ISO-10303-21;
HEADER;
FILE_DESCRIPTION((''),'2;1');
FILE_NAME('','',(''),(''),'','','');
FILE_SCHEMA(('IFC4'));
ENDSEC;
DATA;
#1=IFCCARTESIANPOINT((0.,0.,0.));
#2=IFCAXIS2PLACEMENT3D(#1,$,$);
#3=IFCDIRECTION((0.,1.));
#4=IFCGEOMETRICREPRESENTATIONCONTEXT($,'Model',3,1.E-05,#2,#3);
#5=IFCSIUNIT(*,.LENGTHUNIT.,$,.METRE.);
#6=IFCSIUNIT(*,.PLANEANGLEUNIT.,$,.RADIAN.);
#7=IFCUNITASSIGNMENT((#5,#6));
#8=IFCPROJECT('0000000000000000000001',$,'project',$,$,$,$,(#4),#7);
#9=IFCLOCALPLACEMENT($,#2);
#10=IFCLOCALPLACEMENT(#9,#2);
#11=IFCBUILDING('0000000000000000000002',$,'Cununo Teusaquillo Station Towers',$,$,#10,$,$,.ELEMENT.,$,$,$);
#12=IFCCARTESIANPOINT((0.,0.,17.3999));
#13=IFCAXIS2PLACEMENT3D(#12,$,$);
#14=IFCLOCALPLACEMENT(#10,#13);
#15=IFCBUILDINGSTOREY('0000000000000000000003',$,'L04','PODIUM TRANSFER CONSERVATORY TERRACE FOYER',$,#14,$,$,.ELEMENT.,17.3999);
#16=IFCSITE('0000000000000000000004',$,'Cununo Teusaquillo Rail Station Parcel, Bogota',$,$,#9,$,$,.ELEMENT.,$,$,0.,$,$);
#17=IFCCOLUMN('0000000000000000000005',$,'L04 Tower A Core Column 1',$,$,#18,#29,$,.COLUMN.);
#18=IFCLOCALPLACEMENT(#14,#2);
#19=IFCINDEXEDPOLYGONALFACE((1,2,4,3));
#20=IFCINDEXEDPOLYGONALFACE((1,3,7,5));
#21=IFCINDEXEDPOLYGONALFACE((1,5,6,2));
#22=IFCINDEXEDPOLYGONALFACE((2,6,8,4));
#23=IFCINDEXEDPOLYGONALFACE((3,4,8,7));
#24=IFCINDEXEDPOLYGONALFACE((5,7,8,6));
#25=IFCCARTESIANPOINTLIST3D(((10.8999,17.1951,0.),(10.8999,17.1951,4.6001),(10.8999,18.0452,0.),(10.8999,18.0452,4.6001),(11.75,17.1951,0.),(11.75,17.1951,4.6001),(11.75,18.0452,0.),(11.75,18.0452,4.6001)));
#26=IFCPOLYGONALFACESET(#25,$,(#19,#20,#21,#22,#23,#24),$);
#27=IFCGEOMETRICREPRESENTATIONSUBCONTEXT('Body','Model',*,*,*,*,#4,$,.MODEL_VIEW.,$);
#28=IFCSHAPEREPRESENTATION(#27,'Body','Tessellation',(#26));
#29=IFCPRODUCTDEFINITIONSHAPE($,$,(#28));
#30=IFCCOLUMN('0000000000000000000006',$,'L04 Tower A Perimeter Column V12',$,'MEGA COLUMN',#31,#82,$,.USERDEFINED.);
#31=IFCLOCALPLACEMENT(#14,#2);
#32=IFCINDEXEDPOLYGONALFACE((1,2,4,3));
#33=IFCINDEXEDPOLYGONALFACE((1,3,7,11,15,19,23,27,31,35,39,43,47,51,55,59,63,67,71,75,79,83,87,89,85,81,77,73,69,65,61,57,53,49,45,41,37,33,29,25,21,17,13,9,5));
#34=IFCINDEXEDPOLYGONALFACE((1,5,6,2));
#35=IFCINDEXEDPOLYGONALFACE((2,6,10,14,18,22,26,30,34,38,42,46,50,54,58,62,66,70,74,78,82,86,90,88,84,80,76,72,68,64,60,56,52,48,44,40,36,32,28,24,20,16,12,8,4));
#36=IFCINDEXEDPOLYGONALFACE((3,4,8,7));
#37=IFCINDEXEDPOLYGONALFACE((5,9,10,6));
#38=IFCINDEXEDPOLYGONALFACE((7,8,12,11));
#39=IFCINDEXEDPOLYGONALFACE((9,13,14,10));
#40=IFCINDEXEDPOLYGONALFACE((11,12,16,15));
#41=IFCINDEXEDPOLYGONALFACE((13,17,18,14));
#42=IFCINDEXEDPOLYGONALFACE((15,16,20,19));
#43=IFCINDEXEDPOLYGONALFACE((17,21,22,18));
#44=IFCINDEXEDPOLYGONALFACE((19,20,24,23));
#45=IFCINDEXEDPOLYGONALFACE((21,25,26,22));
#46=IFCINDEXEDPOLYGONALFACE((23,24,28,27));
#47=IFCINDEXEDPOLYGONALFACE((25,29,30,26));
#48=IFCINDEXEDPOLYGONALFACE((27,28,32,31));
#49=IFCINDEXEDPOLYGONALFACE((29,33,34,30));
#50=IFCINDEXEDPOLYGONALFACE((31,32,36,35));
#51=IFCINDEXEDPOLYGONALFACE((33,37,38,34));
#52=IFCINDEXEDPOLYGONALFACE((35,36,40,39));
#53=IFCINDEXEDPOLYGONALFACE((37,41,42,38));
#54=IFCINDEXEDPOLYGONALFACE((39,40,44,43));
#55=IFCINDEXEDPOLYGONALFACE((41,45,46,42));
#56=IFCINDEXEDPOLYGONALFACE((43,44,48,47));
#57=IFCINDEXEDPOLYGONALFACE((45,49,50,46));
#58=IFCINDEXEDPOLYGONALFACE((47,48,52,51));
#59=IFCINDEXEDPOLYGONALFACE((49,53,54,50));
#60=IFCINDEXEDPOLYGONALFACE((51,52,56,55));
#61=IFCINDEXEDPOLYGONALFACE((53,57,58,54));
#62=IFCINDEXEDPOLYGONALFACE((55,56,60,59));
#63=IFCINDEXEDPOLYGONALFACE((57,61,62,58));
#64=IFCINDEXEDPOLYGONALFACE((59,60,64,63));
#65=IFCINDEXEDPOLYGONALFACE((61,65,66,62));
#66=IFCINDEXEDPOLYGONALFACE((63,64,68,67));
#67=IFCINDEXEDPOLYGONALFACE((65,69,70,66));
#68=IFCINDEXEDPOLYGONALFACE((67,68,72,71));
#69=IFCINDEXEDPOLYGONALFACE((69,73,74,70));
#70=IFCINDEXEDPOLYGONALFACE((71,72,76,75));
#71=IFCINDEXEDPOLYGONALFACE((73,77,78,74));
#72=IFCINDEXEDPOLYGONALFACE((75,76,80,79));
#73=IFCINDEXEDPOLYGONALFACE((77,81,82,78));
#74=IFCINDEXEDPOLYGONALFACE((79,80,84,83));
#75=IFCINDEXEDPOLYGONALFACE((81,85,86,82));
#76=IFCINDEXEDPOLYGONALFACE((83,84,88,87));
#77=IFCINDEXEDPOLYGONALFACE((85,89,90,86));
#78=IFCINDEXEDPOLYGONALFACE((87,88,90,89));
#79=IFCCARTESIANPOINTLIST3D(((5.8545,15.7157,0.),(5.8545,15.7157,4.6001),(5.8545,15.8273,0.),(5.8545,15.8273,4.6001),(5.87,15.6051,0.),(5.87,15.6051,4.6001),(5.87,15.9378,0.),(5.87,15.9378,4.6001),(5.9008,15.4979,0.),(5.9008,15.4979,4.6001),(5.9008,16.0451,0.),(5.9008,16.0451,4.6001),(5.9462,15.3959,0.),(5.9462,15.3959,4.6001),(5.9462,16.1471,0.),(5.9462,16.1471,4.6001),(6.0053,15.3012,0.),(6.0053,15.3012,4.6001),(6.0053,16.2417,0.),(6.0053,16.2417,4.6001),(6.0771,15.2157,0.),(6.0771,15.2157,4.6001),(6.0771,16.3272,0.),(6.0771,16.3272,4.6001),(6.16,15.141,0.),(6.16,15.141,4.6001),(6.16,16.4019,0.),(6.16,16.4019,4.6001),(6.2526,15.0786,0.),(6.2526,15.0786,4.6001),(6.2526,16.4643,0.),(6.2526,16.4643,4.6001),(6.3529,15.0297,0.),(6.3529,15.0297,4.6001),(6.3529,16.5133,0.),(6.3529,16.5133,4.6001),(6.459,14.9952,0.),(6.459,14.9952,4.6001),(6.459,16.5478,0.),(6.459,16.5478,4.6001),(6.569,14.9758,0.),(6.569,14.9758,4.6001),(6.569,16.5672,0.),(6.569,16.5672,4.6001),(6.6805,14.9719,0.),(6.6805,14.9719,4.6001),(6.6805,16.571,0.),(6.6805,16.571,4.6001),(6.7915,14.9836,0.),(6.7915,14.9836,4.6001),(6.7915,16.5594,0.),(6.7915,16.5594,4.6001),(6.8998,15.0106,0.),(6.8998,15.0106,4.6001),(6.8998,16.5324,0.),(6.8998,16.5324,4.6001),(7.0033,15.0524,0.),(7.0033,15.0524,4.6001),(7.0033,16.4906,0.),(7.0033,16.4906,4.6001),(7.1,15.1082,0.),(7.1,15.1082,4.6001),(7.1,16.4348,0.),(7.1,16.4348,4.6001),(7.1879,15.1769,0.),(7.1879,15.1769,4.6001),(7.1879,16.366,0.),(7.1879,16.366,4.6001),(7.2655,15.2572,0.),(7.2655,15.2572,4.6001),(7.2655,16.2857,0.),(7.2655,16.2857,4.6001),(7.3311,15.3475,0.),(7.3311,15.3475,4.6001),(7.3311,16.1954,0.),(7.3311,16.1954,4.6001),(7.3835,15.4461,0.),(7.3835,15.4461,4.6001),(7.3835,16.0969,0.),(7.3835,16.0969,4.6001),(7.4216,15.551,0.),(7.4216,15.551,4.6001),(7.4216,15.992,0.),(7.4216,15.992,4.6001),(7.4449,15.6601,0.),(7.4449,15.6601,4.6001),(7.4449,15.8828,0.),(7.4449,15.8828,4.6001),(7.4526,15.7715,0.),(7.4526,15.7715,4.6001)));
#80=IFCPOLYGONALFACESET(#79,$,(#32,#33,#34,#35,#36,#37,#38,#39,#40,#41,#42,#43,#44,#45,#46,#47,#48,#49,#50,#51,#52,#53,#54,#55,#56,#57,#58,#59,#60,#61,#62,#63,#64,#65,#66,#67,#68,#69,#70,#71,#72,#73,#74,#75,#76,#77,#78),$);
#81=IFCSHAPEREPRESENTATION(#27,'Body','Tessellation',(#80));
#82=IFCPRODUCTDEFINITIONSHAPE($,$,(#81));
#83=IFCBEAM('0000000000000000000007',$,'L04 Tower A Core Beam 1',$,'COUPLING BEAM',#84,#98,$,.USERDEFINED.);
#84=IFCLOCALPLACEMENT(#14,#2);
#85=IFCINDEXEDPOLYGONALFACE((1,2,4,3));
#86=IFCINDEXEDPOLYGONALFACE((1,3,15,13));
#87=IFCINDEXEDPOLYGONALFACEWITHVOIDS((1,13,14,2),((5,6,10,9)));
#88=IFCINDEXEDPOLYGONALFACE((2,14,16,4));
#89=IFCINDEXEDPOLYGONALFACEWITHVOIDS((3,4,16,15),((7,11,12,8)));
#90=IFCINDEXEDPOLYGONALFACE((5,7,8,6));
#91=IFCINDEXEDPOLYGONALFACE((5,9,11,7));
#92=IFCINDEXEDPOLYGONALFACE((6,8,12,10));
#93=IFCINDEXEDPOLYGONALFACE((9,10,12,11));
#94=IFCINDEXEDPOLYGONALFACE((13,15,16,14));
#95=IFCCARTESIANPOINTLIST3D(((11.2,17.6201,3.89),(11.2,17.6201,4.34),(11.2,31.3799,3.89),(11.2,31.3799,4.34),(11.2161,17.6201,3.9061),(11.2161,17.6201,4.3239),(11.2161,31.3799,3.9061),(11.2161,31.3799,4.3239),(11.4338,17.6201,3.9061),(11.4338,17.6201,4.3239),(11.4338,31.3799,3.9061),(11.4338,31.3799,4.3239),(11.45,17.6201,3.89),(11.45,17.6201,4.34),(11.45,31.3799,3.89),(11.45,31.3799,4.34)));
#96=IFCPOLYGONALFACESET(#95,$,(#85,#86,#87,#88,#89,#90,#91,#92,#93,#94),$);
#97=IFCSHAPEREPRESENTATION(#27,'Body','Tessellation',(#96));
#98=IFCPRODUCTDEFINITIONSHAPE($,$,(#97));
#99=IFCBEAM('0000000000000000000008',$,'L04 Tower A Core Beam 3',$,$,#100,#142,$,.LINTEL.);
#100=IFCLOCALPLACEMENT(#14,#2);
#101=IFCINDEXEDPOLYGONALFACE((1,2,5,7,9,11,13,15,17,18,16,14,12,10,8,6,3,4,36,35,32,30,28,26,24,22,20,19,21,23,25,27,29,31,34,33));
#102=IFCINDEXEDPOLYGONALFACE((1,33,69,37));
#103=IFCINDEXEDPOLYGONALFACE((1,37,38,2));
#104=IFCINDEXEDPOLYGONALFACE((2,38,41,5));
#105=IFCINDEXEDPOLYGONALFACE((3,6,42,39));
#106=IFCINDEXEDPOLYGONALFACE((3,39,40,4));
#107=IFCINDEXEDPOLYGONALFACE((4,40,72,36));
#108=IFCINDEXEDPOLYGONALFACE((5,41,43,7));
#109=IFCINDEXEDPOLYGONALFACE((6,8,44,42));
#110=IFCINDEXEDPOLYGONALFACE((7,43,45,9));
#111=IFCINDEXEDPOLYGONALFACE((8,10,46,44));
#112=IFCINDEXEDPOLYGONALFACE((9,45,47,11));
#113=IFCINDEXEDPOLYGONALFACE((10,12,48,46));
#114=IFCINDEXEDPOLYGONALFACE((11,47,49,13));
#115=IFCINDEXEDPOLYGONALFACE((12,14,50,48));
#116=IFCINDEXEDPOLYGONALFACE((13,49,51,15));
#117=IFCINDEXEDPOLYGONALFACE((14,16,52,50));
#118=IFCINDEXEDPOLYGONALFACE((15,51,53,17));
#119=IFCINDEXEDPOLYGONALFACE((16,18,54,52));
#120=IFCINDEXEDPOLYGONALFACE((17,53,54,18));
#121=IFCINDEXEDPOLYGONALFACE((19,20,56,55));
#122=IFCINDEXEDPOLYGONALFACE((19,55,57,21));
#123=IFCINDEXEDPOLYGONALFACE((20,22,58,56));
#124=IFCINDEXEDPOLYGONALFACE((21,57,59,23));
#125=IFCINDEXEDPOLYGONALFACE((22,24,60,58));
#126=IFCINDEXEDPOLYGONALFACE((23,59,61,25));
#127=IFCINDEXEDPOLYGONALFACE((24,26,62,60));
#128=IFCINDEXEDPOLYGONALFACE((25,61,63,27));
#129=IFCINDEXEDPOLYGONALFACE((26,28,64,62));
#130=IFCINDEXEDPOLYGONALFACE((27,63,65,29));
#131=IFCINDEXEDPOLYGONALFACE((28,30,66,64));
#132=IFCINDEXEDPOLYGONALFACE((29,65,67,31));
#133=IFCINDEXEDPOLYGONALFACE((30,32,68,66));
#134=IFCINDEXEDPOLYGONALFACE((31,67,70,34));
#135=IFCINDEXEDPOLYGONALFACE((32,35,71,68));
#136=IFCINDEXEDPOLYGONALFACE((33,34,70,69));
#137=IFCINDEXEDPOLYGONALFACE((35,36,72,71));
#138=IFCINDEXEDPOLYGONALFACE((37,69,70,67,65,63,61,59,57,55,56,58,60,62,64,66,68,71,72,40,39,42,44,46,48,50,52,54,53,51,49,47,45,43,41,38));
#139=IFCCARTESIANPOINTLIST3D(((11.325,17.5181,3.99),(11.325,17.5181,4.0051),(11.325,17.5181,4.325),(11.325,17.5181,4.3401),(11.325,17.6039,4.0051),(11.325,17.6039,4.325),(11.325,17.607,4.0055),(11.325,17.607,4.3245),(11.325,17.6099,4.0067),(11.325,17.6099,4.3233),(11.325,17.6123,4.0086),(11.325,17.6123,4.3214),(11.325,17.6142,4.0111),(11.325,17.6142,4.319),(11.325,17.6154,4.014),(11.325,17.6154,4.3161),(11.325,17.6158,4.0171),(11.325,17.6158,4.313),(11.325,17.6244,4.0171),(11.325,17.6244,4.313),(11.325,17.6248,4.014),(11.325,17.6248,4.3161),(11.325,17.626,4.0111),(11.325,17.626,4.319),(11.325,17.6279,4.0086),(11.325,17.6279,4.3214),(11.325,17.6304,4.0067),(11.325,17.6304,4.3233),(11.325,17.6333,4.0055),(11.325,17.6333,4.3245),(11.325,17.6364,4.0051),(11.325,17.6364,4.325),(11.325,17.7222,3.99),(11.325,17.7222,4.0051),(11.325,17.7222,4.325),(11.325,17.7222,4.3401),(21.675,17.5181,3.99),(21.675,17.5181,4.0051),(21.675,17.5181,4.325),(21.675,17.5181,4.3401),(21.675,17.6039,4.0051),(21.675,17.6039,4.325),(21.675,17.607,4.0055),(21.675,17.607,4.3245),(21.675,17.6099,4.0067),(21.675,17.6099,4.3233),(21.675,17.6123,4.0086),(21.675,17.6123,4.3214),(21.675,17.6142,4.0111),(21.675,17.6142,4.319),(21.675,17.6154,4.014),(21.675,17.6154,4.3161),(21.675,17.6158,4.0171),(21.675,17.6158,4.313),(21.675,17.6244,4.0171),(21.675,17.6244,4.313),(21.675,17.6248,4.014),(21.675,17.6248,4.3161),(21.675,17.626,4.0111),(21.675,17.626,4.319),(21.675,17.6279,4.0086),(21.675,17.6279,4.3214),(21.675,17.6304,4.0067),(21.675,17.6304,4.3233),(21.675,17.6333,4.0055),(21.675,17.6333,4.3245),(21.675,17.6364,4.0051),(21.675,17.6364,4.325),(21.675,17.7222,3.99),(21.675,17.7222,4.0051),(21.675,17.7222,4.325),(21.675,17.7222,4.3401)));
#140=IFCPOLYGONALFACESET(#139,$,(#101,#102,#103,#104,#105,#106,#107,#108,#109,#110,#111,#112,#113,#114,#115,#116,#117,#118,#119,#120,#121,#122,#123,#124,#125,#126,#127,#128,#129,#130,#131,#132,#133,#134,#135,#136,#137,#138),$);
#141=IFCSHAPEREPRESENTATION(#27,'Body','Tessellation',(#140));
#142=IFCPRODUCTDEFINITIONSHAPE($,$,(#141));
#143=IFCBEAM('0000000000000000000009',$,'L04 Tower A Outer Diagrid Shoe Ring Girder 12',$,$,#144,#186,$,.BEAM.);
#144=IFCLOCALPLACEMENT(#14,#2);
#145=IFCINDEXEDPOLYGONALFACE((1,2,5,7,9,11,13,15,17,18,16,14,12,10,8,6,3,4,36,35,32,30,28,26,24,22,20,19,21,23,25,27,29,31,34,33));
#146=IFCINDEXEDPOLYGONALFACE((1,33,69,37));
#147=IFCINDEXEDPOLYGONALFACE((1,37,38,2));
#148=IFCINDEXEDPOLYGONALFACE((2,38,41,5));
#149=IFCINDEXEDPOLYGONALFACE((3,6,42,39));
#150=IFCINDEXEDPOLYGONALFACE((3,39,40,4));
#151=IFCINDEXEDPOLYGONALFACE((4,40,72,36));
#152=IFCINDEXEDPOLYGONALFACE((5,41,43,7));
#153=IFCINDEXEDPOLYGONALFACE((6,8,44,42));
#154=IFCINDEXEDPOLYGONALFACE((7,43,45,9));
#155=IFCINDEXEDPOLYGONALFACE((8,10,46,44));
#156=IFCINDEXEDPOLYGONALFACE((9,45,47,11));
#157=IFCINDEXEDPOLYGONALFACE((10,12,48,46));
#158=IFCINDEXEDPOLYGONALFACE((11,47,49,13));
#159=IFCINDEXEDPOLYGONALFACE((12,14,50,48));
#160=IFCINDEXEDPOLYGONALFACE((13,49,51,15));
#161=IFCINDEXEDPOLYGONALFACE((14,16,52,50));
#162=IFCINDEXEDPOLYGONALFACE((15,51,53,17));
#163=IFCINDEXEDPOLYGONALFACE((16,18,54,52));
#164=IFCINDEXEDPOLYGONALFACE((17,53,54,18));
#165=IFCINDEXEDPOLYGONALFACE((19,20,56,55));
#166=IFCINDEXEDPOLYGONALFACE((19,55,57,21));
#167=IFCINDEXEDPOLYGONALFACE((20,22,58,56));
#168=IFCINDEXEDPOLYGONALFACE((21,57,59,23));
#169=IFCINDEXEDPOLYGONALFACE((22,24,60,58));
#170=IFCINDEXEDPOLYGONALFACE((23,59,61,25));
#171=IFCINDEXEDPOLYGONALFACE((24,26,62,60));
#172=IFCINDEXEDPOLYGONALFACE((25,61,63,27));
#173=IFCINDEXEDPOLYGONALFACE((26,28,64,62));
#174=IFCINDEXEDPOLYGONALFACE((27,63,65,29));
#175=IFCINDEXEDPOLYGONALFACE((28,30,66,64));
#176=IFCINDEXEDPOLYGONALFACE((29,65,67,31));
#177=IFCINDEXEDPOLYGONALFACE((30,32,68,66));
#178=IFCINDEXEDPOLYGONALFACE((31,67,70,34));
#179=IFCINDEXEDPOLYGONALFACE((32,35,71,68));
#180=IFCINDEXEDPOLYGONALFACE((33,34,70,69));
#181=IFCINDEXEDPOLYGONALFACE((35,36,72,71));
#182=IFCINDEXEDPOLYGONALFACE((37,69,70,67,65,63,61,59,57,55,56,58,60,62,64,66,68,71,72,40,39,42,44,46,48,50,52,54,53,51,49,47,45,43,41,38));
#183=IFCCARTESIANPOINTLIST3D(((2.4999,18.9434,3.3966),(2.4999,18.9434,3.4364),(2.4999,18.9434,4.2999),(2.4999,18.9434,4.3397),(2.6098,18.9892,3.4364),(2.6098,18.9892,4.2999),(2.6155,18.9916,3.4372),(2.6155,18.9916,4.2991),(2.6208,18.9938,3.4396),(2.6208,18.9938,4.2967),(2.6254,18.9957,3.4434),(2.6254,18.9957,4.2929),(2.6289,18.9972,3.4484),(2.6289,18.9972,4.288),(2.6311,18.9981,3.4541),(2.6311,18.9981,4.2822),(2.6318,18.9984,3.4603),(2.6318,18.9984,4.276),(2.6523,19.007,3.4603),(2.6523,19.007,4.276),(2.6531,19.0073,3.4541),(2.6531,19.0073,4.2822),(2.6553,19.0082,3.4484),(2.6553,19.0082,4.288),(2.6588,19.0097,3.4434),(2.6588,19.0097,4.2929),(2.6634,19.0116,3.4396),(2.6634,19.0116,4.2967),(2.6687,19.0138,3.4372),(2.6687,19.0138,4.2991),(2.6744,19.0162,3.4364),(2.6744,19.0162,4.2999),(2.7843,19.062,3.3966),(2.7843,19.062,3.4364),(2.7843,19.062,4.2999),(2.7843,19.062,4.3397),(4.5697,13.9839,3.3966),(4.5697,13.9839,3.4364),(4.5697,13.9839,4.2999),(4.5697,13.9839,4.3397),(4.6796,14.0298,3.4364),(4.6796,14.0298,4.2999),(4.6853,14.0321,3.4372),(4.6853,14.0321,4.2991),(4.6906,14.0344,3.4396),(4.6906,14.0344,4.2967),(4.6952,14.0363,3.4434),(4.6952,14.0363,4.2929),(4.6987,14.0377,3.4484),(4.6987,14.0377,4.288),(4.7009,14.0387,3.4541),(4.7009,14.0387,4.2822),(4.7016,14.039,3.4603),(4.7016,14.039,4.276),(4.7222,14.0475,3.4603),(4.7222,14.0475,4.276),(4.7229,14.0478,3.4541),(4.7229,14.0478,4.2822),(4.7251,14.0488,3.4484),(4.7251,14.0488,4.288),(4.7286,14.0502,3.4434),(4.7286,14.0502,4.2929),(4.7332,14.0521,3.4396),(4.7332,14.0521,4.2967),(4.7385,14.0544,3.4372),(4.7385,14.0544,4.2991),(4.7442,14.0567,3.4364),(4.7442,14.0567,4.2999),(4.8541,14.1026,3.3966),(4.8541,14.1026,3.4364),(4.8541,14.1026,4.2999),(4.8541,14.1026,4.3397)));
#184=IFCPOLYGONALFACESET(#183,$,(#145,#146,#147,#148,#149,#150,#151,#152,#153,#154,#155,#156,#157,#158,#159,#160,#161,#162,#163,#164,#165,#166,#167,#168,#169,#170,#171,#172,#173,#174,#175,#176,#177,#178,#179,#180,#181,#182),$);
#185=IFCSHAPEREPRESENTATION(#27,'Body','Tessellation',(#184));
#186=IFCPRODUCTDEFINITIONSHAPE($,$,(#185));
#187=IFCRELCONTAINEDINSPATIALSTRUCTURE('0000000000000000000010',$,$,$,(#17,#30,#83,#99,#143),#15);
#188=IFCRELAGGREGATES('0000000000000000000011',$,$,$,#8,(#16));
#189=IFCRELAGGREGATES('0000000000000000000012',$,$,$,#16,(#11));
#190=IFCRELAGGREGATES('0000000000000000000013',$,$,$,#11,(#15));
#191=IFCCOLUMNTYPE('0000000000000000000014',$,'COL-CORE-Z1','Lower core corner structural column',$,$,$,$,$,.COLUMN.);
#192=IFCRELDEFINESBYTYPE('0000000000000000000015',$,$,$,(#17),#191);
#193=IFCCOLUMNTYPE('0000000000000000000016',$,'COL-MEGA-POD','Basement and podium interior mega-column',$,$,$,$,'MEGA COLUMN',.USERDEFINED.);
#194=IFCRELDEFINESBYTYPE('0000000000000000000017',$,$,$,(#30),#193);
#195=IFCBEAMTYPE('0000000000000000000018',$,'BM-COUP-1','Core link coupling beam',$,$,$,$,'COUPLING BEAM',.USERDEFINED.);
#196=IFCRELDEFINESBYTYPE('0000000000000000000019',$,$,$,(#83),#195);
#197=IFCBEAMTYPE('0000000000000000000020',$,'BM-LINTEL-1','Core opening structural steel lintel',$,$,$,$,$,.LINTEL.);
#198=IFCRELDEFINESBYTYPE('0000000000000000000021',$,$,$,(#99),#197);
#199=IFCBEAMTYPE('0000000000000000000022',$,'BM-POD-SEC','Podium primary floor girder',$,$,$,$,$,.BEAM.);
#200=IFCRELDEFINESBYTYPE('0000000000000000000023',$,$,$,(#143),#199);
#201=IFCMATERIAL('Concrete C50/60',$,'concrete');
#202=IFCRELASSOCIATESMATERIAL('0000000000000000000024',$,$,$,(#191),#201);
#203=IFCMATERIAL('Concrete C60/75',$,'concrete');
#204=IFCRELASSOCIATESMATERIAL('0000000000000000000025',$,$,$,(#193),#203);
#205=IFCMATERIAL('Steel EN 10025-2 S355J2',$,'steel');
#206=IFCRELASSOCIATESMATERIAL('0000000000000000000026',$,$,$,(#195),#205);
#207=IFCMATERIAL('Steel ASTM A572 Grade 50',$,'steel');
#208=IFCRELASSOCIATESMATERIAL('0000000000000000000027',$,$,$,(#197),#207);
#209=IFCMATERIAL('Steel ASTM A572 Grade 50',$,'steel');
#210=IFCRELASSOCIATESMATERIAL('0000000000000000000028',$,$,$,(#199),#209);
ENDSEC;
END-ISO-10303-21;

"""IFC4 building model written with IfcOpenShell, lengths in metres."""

from ifc_helpers import new_model, si_unit, direction, frame, origin, origin_2d, place, context, subcontext, project, spatial, rectangle, hollow_rectangle, circle, i_section, extrude, material, material_profile, profile_set, type_object, element, save


model = new_model("IFC4")

# Units and contexts
model_context = context("Model", 3, precision=1e-05, world=origin(), true_north=direction((0.0, 1.0)))
body_context = subcontext(model_context, "Body", "Model", "MODEL_VIEW")
ifc_project = project(units=[si_unit("LENGTHUNIT", "METRE"), si_unit("PLANEANGLEUNIT", "RADIAN")], contexts=[model_context])

# Site, building, storey
site_placement = place(None, origin())
site = spatial("IfcSite", under=ifc_project, at=site_placement, Name="Cununo Teusaquillo Rail Station Parcel, Bogota", CompositionType="ELEMENT", RefElevation=0.0)
building_placement = place(site_placement, origin())
building = spatial("IfcBuilding", under=site, at=building_placement, Name="Cununo Teusaquillo Station Towers", CompositionType="ELEMENT")
storey_placement = place(building_placement, frame((0.0, 0.0, 17.3999)))
storey = spatial("IfcBuildingStorey", under=building, at=storey_placement, Name="L04", Description="PODIUM TRANSFER CONSERVATORY TERRACE FOYER", CompositionType="ELEMENT", Elevation=17.3999)

# Columns
ifc_material_1 = material(Name="Concrete C50/60", Category="concrete")
ifc_material_profile_1 = material_profile(ifc_material_1, rectangle(XDim=0.8501, YDim=0.8501, at=origin_2d()), Name="RC-RECT-850x850")
ifc_profile_set_1 = profile_set([ifc_material_profile_1], Name="Concrete C50/60")
column_type_1 = type_object("IfcColumnType", Name="COL-CORE-Z1", Description="Lower core corner structural column", PredefinedType="COLUMN", material=ifc_profile_set_1)
column_1_placement = place(storey_placement, frame((11.325, 17.6201, 0.0), z_axis=(0.0, 0.0, 1.0), x_axis=(1.0, 0.0, 0.0)))
element("IfcColumn", 1, at=column_1_placement, inside=storey, type_object=column_type_1, Name="L04 Tower A Core Column 1", PredefinedType="COLUMN", context=body_context, shape_type="SweptSolid", body=[
    extrude(rectangle(XDim=0.8501, YDim=0.8501, at=origin_2d()), origin(), (0.0, 0.0, 1.0), 4.6001),
])
ifc_material_2 = material(Name="Concrete C60/75", Category="concrete")
ifc_material_profile_2 = material_profile(ifc_material_2, circle(Radius=0.8, at=origin_2d()), Name="RC-CIRC-1600")
ifc_profile_set_2 = profile_set([ifc_material_profile_2], Name="Concrete C60/75")
column_type_2 = type_object("IfcColumnType", Name="COL-MEGA-POD", Description="Basement and podium interior mega-column", ElementType="MEGA COLUMN", PredefinedType="USERDEFINED", material=ifc_profile_set_2)
column_2_placement = place(storey_placement, frame((6.6526, 15.7715, 0.0), z_axis=(0.0, 0.0, 1.0), x_axis=(1.0, 0.0, 0.0)))
element("IfcColumn", 2, at=column_2_placement, inside=storey, type_object=column_type_2, Name="L04 Tower A Perimeter Column V12", ObjectType="MEGA COLUMN", PredefinedType="USERDEFINED", context=body_context, shape_type="SweptSolid", body=[
    extrude(circle(Radius=0.8, at=origin_2d()), origin(), (0.0, 0.0, 1.0), 4.6001),
])

# Beams
ifc_material_3 = material(Name="Steel EN 10025-2 S355J2", Category="steel")
ifc_material_profile_3 = material_profile(ifc_material_3, hollow_rectangle(XDim=0.25, YDim=0.45, WallThickness=0.0161, at=origin_2d()), Name="RHS 450x250x16")
ifc_profile_set_3 = profile_set([ifc_material_profile_3], Name="Steel EN 10025-2 S355J2")
beam_type_1 = type_object("IfcBeamType", Name="BM-COUP-1", Description="Core link coupling beam", ElementType="COUPLING BEAM", PredefinedType="USERDEFINED", material=ifc_profile_set_3)
beam_1_placement = place(storey_placement, frame((11.325, 17.6201, 4.115), z_axis=(0.0, 1.0, 0.0), x_axis=(-1.0, 0.0, 0.0)))
element("IfcBeam", 3, at=beam_1_placement, inside=storey, type_object=beam_type_1, Name="L04 Tower A Core Beam 1", ObjectType="COUPLING BEAM", PredefinedType="USERDEFINED", context=body_context, shape_type="SweptSolid", body=[
    extrude(hollow_rectangle(XDim=0.25, YDim=0.45, WallThickness=0.0161, at=origin_2d()), origin(), (0.0, 0.0, 1.0), 13.7598),
])
ifc_material_4 = material(Name="Steel ASTM A572 Grade 50", Category="steel")
ifc_material_profile_4 = material_profile(ifc_material_4, i_section(OverallWidth=0.2041, OverallDepth=0.3501, WebThickness=0.0085, FlangeThickness=0.0151, FilletRadius=0.012, at=origin_2d()), Name="W14X48")
ifc_profile_set_4 = profile_set([ifc_material_profile_4], Name="Steel ASTM A572 Grade 50")
beam_type_2 = type_object("IfcBeamType", Name="BM-LINTEL-1", Description="Core opening structural steel lintel", PredefinedType="LINTEL", material=ifc_profile_set_4)
beam_2_placement = place(storey_placement, frame((11.325, 17.6201, 4.165), z_axis=(1.0, 0.0, 0.0), x_axis=(0.0, 1.0, 0.0)))
element("IfcBeam", 4, at=beam_2_placement, inside=storey, type_object=beam_type_2, Name="L04 Tower A Core Beam 3", PredefinedType="LINTEL", context=body_context, shape_type="SweptSolid", body=[
    extrude(i_section(OverallWidth=0.2041, OverallDepth=0.3501, WebThickness=0.0085, FlangeThickness=0.0151, FilletRadius=0.012, at=origin_2d()), origin(), (0.0, 0.0, 1.0), 10.3501),
])
ifc_material_5 = material(Name="Steel ASTM A572 Grade 50", Category="steel")
ifc_material_profile_5 = material_profile(ifc_material_5, i_section(OverallWidth=0.3081, OverallDepth=0.9431, WebThickness=0.0222, FlangeThickness=0.0398, FilletRadius=0.0239, at=origin_2d()), Name="W36X232")
ifc_profile_set_5 = profile_set([ifc_material_profile_5], Name="Steel ASTM A572 Grade 50")
beam_type_3 = type_object("IfcBeamType", Name="BM-POD-SEC", Description="Podium primary floor girder", PredefinedType="BEAM", material=ifc_profile_set_5)
beam_3_placement = place(storey_placement, frame((2.6421, 19.0027, 3.8682), z_axis=(0.385151, -0.922854, 0.0), x_axis=(0.922854, 0.385151, 0.0)))
element("IfcBeam", 5, at=beam_3_placement, inside=storey, type_object=beam_type_3, Name="L04 Tower A Outer Diagrid Shoe Ring Girder 12", PredefinedType="BEAM", context=body_context, shape_type="SweptSolid", body=[
    extrude(i_section(OverallWidth=0.3081, OverallDepth=0.9431, WebThickness=0.0222, FlangeThickness=0.0398, FilletRadius=0.0239, at=origin_2d()), origin(), (0.0, 0.0, 1.0), 5.374),
])

save(model, "model.ifc")
